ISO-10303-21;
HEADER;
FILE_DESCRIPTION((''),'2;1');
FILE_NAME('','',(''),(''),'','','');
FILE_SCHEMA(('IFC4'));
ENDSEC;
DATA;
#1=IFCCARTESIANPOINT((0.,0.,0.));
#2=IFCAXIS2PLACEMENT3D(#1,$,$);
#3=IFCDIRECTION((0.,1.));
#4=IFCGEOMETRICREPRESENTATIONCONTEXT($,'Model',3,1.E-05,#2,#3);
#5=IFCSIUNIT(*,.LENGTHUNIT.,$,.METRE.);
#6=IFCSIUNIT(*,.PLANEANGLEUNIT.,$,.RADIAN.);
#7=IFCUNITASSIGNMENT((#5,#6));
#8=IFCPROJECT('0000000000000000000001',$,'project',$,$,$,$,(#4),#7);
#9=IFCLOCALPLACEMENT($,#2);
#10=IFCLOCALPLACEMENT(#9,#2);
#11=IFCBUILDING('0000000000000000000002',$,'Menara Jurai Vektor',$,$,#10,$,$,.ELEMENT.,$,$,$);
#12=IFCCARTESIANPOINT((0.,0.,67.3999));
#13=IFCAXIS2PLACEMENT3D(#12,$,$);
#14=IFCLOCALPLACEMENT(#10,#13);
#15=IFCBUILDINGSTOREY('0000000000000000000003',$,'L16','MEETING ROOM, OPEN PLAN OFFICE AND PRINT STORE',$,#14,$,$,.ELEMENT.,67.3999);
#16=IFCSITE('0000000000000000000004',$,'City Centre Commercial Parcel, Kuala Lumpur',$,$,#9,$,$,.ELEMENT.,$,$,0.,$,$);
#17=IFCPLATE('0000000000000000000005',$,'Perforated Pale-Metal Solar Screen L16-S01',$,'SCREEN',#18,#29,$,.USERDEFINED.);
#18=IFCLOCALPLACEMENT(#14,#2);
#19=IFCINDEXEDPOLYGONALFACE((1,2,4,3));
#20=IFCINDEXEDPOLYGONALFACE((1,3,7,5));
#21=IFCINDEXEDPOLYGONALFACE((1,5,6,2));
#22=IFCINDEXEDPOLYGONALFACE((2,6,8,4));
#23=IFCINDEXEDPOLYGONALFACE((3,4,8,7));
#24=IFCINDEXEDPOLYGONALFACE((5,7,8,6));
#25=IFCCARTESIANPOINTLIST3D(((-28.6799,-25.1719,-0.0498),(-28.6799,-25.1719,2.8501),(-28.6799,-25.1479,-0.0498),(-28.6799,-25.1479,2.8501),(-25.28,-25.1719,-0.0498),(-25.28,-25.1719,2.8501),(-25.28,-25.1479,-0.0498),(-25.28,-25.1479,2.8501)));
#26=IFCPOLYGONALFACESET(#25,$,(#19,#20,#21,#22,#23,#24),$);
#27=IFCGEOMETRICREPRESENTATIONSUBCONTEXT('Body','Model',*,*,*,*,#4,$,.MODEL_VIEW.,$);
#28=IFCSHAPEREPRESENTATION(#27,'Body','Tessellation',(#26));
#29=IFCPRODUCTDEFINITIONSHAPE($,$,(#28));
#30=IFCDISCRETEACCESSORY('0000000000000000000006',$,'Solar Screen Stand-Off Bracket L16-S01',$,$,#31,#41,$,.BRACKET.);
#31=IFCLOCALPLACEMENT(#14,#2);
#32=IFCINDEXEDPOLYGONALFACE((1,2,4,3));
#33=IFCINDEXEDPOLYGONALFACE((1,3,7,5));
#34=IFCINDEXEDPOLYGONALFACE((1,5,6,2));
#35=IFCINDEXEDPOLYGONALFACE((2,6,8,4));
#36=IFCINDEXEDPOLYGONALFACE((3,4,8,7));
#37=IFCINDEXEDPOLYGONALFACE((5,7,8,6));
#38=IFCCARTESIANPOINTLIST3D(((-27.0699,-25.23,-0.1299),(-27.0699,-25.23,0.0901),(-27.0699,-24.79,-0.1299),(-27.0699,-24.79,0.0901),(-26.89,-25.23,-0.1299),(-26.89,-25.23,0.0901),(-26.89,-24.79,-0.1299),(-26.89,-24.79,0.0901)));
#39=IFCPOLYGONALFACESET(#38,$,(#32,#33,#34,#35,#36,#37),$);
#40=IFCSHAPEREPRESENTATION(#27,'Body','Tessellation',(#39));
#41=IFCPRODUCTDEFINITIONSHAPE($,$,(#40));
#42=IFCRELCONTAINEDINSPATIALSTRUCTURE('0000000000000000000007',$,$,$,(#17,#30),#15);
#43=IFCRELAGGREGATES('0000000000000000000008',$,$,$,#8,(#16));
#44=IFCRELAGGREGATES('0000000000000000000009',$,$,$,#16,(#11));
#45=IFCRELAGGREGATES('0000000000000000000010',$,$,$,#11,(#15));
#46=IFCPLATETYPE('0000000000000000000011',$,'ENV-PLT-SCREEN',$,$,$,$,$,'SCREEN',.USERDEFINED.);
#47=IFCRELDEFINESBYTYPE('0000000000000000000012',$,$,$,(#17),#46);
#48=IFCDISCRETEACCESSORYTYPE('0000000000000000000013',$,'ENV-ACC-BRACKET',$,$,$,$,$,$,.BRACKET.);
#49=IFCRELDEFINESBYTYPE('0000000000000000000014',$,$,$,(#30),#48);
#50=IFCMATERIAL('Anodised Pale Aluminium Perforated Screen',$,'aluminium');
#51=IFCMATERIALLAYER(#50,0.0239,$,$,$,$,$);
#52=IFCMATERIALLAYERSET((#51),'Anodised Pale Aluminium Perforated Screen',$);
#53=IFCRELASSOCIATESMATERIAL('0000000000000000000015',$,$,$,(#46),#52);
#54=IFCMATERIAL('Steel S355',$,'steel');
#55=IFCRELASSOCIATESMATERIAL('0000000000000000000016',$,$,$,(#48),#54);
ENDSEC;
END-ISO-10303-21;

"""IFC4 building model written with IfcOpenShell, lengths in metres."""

from ifc_helpers import new_model, si_unit, direction, frame, origin, origin_2d, place, context, subcontext, project, spatial, rectangle, extrude, material, layer, layer_set, type_object, element, save


model = new_model("IFC4")

# Units and contexts
model_context = context("Model", 3, precision=1e-05, world=origin(), true_north=direction((0.0, 1.0)))
body_context = subcontext(model_context, "Body", "Model", "MODEL_VIEW")
ifc_project = project(units=[si_unit("LENGTHUNIT", "METRE"), si_unit("PLANEANGLEUNIT", "RADIAN")], contexts=[model_context])

# Site, building, storey
site_placement = place(None, origin())
site = spatial("IfcSite", under=ifc_project, at=site_placement, Name="City Centre Commercial Parcel, Kuala Lumpur", CompositionType="ELEMENT", RefElevation=0.0)
building_placement = place(site_placement, origin())
building = spatial("IfcBuilding", under=site, at=building_placement, Name="Menara Jurai Vektor", CompositionType="ELEMENT")
storey_placement = place(building_placement, frame((0.0, 0.0, 67.3999)))
storey = spatial("IfcBuildingStorey", under=building, at=storey_placement, Name="L16", Description="MEETING ROOM, OPEN PLAN OFFICE AND PRINT STORE", CompositionType="ELEMENT", Elevation=67.3999)

# Shared definitions
ifc_material_1 = material(Name="Steel S355", Category="steel")

# Plate
ifc_material_2 = material(Name="Anodised Pale Aluminium Perforated Screen", Category="aluminium")
ifc_layer_1 = layer(ifc_material_2, 0.0239)
ifc_layer_set_1 = layer_set([ifc_layer_1], Name="Anodised Pale Aluminium Perforated Screen")
plate_type_1 = type_object("IfcPlateType", Name="ENV-PLT-SCREEN", ElementType="SCREEN", PredefinedType="USERDEFINED", material=ifc_layer_set_1)
plate_1_placement = place(storey_placement, frame((-26.98, -25.1599, -0.0498), z_axis=(0.0, 0.0, 1.0), x_axis=(1.0, 0.0, 0.0)))
element("IfcPlate", 1, at=plate_1_placement, inside=storey, type_object=plate_type_1, Name="Perforated Pale-Metal Solar Screen L16-S01", ObjectType="SCREEN", PredefinedType="USERDEFINED", context=body_context, shape_type="SweptSolid", body=[
    extrude(rectangle(XDim=3.3999, YDim=0.0239, at=origin_2d()), origin(), (0.0, 0.0, 1.0), 2.8999),
])

# Discrete accessory
discrete_accessory_type = type_object("IfcDiscreteAccessoryType", Name="ENV-ACC-BRACKET", PredefinedType="BRACKET", material=ifc_material_1)
discrete_accessory_placement = place(storey_placement, frame((-26.98, -25.01, -0.1299), z_axis=(0.0, 0.0, 1.0), x_axis=(1.0, 0.0, 0.0)))
element("IfcDiscreteAccessory", 2, at=discrete_accessory_placement, inside=storey, type_object=discrete_accessory_type, Name="Solar Screen Stand-Off Bracket L16-S01", PredefinedType="BRACKET", context=body_context, shape_type="SweptSolid", body=[
    extrude(rectangle(XDim=0.1799, YDim=0.4399, at=origin_2d()), origin(), (0.0, 0.0, 1.0), 0.22),
])

save(model, "model.ifc")
